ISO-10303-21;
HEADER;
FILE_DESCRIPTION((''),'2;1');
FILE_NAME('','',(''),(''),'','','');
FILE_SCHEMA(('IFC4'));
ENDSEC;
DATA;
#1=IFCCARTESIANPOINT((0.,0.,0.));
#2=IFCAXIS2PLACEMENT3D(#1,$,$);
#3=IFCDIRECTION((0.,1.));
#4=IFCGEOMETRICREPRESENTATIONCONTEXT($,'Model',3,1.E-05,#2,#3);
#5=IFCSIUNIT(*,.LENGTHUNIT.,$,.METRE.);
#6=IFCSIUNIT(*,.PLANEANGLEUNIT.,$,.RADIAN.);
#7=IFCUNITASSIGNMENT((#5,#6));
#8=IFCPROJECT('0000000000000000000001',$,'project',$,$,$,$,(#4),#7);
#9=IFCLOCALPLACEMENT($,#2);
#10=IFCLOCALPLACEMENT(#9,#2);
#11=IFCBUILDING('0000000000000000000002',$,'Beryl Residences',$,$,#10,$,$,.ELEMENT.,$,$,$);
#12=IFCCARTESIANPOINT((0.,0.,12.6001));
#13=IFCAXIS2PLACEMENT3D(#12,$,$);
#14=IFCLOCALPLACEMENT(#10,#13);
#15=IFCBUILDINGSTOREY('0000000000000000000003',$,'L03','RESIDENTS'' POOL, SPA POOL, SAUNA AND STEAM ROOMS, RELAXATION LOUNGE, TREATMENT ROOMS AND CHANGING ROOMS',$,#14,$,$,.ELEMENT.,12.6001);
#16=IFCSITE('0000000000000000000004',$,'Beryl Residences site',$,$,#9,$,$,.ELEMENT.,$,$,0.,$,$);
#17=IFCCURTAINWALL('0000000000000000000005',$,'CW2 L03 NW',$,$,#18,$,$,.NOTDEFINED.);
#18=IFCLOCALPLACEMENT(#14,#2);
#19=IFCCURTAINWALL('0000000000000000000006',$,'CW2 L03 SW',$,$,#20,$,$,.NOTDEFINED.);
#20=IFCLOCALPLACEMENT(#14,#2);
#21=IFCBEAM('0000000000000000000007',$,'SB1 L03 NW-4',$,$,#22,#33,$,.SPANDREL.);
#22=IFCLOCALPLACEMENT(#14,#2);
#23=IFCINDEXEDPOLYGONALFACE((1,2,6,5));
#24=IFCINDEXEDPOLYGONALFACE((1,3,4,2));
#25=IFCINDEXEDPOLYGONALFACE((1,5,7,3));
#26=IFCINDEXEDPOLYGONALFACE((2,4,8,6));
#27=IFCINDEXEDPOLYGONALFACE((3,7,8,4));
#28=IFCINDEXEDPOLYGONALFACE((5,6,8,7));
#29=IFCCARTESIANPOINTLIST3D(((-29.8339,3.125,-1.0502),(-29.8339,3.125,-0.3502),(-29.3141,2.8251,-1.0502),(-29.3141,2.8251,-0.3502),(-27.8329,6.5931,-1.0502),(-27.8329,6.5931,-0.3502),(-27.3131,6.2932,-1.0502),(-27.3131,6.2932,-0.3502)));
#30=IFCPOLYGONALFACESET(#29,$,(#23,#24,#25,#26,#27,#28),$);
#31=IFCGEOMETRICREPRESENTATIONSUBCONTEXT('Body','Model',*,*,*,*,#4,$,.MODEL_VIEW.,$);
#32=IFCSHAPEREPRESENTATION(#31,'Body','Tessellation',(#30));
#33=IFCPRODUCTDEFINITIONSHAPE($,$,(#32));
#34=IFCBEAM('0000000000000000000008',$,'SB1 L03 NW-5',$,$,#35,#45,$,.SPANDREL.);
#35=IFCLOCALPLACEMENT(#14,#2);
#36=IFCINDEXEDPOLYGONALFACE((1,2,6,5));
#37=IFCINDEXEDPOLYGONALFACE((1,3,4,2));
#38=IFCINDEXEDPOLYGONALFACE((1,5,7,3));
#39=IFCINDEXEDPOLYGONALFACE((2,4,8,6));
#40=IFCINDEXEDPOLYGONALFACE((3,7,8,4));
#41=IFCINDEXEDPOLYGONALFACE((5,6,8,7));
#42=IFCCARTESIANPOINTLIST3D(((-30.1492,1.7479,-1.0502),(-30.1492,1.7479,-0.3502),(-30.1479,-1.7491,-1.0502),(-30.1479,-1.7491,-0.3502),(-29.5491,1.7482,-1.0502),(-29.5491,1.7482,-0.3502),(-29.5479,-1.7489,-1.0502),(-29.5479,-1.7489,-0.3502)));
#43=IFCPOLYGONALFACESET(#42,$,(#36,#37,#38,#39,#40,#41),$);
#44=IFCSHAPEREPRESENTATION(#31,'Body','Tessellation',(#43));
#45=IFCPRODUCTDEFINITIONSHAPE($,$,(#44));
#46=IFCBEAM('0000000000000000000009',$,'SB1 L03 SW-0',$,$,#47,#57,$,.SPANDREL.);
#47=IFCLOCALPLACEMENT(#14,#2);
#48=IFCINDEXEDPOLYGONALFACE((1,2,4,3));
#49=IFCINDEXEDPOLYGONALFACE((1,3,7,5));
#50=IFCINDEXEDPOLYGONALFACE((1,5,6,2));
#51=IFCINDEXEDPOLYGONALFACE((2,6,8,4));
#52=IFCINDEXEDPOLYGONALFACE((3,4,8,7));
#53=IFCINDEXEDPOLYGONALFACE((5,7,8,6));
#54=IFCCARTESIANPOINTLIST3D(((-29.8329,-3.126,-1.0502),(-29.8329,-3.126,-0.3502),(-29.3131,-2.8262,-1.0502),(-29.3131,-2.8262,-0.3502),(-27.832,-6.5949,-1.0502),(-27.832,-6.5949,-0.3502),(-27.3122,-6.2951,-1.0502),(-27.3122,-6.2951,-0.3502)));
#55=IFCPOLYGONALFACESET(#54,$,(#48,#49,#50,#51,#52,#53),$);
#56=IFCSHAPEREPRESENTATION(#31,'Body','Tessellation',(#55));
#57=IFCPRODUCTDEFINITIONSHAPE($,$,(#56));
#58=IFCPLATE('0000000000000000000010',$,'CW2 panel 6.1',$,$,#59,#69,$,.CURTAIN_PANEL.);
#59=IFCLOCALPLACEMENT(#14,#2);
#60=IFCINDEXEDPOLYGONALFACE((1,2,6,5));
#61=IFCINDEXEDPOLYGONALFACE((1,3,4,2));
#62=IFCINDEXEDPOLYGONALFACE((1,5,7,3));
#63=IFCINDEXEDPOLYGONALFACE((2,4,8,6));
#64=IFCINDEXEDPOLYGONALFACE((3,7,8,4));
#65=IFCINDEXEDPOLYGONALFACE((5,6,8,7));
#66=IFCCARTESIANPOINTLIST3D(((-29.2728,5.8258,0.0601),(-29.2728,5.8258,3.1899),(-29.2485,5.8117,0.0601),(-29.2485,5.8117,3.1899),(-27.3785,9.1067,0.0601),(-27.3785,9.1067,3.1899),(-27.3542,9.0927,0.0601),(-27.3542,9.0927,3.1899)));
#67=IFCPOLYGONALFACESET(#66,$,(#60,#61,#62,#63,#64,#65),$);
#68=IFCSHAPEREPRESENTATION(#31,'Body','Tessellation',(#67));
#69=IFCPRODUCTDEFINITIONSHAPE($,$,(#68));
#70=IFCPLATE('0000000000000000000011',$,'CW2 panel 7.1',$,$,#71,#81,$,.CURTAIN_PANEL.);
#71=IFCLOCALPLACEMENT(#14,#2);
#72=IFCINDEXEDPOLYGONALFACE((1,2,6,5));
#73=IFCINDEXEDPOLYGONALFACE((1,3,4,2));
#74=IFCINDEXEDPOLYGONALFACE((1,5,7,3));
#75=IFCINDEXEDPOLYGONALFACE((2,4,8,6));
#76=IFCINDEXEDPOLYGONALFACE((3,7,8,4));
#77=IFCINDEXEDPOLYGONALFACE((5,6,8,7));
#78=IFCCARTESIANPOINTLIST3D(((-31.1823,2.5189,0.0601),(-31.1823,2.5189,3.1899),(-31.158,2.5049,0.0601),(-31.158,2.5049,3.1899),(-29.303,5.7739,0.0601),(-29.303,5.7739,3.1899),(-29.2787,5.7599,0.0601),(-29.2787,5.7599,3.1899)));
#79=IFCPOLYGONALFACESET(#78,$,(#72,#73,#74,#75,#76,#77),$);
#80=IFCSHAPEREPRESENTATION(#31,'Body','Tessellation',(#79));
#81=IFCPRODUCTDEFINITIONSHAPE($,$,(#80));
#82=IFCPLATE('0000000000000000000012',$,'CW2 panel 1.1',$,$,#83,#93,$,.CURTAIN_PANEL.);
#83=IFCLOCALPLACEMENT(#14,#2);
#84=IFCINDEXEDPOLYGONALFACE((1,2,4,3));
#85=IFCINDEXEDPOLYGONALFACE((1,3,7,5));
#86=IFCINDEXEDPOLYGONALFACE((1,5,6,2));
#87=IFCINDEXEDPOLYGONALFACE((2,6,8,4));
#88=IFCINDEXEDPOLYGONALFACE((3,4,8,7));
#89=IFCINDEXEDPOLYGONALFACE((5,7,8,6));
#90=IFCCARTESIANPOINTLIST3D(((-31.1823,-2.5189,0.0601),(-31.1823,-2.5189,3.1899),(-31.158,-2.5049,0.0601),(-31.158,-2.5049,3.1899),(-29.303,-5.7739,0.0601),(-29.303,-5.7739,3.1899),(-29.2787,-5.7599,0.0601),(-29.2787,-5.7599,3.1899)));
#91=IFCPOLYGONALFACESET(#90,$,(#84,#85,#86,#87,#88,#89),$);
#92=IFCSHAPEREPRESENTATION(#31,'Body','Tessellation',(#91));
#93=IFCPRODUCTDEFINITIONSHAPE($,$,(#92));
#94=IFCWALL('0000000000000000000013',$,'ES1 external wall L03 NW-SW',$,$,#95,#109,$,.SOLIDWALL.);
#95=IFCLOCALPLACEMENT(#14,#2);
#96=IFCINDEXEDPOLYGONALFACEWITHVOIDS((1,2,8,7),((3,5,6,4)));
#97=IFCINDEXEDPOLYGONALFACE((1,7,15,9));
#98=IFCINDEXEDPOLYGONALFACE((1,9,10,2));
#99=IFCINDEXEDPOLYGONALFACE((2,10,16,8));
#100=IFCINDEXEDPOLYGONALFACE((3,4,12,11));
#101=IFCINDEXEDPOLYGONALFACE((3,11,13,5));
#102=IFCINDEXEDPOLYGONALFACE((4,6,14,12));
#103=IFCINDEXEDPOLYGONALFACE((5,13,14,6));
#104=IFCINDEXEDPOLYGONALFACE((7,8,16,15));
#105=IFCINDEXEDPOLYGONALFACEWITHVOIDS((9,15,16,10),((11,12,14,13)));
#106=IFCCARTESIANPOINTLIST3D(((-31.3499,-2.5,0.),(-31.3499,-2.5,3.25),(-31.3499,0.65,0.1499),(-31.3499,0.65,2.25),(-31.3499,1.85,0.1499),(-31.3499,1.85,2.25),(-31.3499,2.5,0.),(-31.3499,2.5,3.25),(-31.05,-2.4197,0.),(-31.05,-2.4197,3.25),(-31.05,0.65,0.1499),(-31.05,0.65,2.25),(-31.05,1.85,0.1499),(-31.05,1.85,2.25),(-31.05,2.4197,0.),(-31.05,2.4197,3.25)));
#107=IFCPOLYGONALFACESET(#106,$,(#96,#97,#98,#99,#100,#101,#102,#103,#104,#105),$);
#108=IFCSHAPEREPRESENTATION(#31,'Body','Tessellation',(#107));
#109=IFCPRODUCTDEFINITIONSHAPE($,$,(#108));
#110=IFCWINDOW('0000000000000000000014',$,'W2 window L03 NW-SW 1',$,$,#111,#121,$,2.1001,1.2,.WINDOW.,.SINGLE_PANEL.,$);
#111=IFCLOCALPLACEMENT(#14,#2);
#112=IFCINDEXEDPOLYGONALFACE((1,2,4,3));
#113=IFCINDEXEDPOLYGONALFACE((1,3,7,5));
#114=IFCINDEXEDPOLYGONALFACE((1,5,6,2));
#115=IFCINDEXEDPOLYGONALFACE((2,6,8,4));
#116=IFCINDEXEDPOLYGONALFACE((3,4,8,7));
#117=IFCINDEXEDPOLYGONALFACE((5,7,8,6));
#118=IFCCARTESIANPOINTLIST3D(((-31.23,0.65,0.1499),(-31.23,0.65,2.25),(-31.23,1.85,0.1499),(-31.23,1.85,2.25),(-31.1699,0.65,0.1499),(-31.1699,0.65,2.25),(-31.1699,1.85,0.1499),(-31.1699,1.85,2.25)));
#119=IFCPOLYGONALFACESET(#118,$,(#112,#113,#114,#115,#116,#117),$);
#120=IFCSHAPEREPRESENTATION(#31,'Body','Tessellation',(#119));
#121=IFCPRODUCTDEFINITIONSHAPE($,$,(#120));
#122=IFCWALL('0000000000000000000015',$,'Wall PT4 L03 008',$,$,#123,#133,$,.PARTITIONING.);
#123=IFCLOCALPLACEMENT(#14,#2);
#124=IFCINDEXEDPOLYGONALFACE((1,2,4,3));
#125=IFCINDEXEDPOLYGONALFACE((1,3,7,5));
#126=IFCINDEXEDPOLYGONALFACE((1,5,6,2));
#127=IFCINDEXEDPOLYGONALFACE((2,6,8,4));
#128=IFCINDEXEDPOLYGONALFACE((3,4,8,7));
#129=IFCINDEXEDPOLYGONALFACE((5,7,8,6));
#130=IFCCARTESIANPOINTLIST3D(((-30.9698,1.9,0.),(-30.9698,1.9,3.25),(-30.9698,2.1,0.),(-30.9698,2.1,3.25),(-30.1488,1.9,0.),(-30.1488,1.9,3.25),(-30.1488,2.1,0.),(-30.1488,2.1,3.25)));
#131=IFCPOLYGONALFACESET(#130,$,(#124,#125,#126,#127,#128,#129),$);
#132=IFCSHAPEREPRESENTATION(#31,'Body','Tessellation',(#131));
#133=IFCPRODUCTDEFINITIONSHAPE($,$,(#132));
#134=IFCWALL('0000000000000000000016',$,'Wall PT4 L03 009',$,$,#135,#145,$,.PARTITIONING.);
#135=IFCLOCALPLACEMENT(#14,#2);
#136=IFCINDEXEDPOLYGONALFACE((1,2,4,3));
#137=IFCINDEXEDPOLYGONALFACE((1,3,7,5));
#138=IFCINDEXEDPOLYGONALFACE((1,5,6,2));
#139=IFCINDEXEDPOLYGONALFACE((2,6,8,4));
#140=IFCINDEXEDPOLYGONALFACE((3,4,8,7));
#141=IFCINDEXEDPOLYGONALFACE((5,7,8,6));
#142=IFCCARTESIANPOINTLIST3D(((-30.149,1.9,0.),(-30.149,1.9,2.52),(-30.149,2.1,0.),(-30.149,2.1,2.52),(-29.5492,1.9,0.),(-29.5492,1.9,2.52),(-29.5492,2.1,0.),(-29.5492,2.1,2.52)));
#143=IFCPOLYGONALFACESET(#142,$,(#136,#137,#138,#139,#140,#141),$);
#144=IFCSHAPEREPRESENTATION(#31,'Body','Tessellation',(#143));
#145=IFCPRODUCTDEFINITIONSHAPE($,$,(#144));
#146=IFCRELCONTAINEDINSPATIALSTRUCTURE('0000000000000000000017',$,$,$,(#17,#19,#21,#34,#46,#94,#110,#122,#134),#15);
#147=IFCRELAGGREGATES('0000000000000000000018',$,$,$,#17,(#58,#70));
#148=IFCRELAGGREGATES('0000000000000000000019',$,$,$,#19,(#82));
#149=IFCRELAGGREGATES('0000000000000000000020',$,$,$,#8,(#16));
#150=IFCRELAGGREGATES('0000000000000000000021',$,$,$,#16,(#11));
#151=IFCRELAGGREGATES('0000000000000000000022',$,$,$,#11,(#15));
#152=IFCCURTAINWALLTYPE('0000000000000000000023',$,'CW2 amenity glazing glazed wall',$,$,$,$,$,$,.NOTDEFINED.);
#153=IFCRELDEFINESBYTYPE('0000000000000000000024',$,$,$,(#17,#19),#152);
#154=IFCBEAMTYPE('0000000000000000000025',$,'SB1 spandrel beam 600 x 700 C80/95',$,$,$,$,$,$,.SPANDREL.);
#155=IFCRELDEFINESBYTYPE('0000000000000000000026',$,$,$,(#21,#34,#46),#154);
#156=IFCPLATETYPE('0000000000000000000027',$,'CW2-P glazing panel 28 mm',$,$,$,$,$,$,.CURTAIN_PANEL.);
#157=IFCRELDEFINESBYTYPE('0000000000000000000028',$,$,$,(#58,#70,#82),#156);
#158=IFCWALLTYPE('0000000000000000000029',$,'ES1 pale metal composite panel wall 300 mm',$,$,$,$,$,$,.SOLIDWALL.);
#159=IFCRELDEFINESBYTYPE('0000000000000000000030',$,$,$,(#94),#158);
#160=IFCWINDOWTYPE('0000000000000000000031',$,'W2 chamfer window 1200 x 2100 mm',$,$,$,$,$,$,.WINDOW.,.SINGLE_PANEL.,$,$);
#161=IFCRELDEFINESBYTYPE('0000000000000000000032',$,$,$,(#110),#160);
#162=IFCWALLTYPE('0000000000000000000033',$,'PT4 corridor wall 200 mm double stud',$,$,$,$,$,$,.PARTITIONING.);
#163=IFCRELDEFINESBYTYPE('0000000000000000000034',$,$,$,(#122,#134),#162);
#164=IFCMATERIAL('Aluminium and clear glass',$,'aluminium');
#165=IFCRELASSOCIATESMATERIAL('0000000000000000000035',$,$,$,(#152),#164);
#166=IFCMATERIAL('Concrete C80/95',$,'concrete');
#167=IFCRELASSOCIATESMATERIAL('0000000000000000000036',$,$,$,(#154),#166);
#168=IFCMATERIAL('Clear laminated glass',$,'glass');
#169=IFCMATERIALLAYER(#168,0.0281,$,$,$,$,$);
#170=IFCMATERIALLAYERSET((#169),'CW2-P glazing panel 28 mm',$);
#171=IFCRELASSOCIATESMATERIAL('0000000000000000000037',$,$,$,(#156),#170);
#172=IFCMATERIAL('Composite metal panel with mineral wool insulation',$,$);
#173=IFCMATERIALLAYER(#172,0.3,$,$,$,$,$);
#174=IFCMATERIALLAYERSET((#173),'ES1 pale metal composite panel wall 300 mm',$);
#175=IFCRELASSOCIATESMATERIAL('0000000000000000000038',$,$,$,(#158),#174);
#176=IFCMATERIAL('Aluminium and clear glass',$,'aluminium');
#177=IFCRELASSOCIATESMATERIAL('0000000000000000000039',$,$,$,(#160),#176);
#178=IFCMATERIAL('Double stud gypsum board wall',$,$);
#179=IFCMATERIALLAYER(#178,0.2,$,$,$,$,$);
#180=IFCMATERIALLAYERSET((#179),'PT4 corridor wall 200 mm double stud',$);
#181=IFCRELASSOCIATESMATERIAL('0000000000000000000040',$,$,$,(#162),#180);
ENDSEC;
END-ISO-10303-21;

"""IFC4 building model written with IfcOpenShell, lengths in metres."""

from ifc_helpers import new_model, si_unit, direction, frame, frame_2d, origin, origin_2d, place, context, subcontext, project, spatial, polyline, rectangle, outline, extrude, material, layer, layer_set, material_profile, profile_set, type_object, element, fill, aggregate, save


model = new_model("IFC4")

# Units and contexts
model_context = context("Model", 3, precision=1e-05, world=origin(), true_north=direction((0.0, 1.0)))
body_context = subcontext(model_context, "Body", "Model", "MODEL_VIEW")
ifc_project = project(units=[si_unit("LENGTHUNIT", "METRE"), si_unit("PLANEANGLEUNIT", "RADIAN")], contexts=[model_context])

# Site, building, storey
site_placement = place(None, origin())
site = spatial("IfcSite", under=ifc_project, at=site_placement, Name="Beryl Residences site", CompositionType="ELEMENT", RefElevation=0.0)
building_placement = place(site_placement, origin())
building = spatial("IfcBuilding", under=site, at=building_placement, Name="Beryl Residences", CompositionType="ELEMENT")
storey_placement = place(building_placement, frame((0.0, 0.0, 12.6001)))
storey = spatial("IfcBuildingStorey", under=building, at=storey_placement, Name="L03", Description="RESIDENTS' POOL, SPA POOL, SAUNA AND STEAM ROOMS, RELAXATION LOUNGE, TREATMENT ROOMS AND CHANGING ROOMS", CompositionType="ELEMENT", Elevation=12.6001)

# Curtain walls
ifc_material_1 = material(Name="Aluminium and clear glass", Category="aluminium")
curtain_wall_type = type_object("IfcCurtainWallType", Name="CW2 amenity glazing glazed wall", PredefinedType="NOTDEFINED", material=ifc_material_1)
curtain_wall_1_placement = place(storey_placement, origin())
curtain_wall_1 = element("IfcCurtainWall", 1, at=curtain_wall_1_placement, inside=storey, type_object=curtain_wall_type, Name="CW2 L03 NW", PredefinedType="NOTDEFINED")
curtain_wall_2_placement = place(storey_placement, origin())
curtain_wall_2 = element("IfcCurtainWall", 2, at=curtain_wall_2_placement, inside=storey, type_object=curtain_wall_type, Name="CW2 L03 SW", PredefinedType="NOTDEFINED")

# Beams
ifc_material_2 = material(Name="Concrete C80/95", Category="concrete")
ifc_material_profile_1 = material_profile(ifc_material_2, rectangle(XDim=0.6001, YDim=0.7, at=origin_2d()))
ifc_profile_set_1 = profile_set([ifc_material_profile_1], Name="Concrete C80/95")
beam_type = type_object("IfcBeamType", Name="SB1 spandrel beam 600 x 700 C80/95", PredefinedType="SPANDREL", material=ifc_profile_set_1)
beam_1_placement = place(storey_placement, frame((-27.573, 6.4431, -0.7002), z_axis=(-0.499759, -0.866164, 0.0), x_axis=(0.866164, -0.499759, 0.0)))
element("IfcBeam", 3, at=beam_1_placement, inside=storey, type_object=beam_type, Name="SB1 L03 NW-4", PredefinedType="SPANDREL", context=body_context, shape_type="SweptSolid", body=[
    extrude(rectangle(XDim=0.6001, YDim=0.7, at=origin_2d()), origin(), (0.0, 0.0, 1.0), 4.0039),
])
beam_2_placement = place(storey_placement, frame((-29.8491, 1.748, -0.7002), z_axis=(0.000349, -1.0, 0.0), x_axis=(1.0, 0.000349, 0.0)))
element("IfcBeam", 4, at=beam_2_placement, inside=storey, type_object=beam_type, Name="SB1 L03 NW-5", PredefinedType="SPANDREL", context=body_context, shape_type="SweptSolid", body=[
    extrude(rectangle(XDim=0.6001, YDim=0.7, at=origin_2d()), origin(), (0.0, 0.0, 1.0), 3.4971),
])
beam_3_placement = place(storey_placement, frame((-29.573, -2.9761, -0.7002), z_axis=(0.499654, -0.866225, 0.0), x_axis=(0.866225, 0.499654, 0.0)))
element("IfcBeam", 5, at=beam_3_placement, inside=storey, type_object=beam_type, Name="SB1 L03 SW-0", PredefinedType="SPANDREL", context=body_context, shape_type="SweptSolid", body=[
    extrude(rectangle(XDim=0.6001, YDim=0.7, at=origin_2d()), origin(), (0.0, 0.0, 1.0), 4.0046),
])

# Plates
ifc_material_3 = material(Name="Clear laminated glass", Category="glass")
ifc_layer_1 = layer(ifc_material_3, 0.0281)
ifc_layer_set_1 = layer_set([ifc_layer_1], Name="CW2-P glazing panel 28 mm")
plate_type = type_object("IfcPlateType", Name="CW2-P glazing panel 28 mm", PredefinedType="CURTAIN_PANEL", material=ifc_layer_set_1)
plate_1_placement = place(storey_placement, frame((-28.3135, 7.4592, 0.0601), z_axis=(0.0, 0.0, 1.0), x_axis=(-0.500012, -0.866019, 0.0)))
plate_1 = element("IfcPlate", 6, at=plate_1_placement, type_object=plate_type, Name="CW2 panel 6.1", PredefinedType="CURTAIN_PANEL", context=body_context, shape_type="SweptSolid", body=[
    extrude(rectangle(XDim=3.7886, YDim=0.0281, at=origin_2d()), origin(), (0.0, 0.0, 1.0), 3.1299),
])
plate_2_placement = place(storey_placement, frame((-30.2305, 4.1394, 0.0601), z_axis=(0.0, 0.0, 1.0), x_axis=(-0.500012, -0.866019, 0.0)))
plate_2 = element("IfcPlate", 7, at=plate_2_placement, type_object=plate_type, Name="CW2 panel 7.1", PredefinedType="CURTAIN_PANEL", context=body_context, shape_type="SweptSolid", body=[
    extrude(rectangle(XDim=3.7585, YDim=0.0281, at=origin_2d()), origin(), (0.0, 0.0, 1.0), 3.1299),
])
aggregate(curtain_wall_1, [plate_1, plate_2])
plate_3_placement = place(storey_placement, frame((-30.2305, -4.1394, 0.0601), z_axis=(0.0, 0.0, 1.0), x_axis=(0.500012, -0.866019, 0.0)))
plate_3 = element("IfcPlate", 8, at=plate_3_placement, type_object=plate_type, Name="CW2 panel 1.1", PredefinedType="CURTAIN_PANEL", context=body_context, shape_type="SweptSolid", body=[
    extrude(rectangle(XDim=3.7585, YDim=0.0281, at=origin_2d()), origin(), (0.0, 0.0, 1.0), 3.1299),
])
aggregate(curtain_wall_2, [plate_3])

# Wall, opening, window
ifc_material_4 = material(Name="Composite metal panel with mineral wool insulation")
ifc_layer_2 = layer(ifc_material_4, 0.3)
ifc_layer_set_2 = layer_set([ifc_layer_2], Name="ES1 pale metal composite panel wall 300 mm")
wall_type_1 = type_object("IfcWallType", Name="ES1 pale metal composite panel wall 300 mm", PredefinedType="SOLIDWALL", material=ifc_layer_set_2)
wall_1_placement = place(storey_placement, frame((-31.2, 2.5, 0.0), z_axis=(0.0, 0.0, 1.0), x_axis=(0.0, -1.0, 0.0)))
wall_1 = element("IfcWall", 9, at=wall_1_placement, inside=storey, type_object=wall_type_1, Name="ES1 external wall L03 NW-SW", PredefinedType="SOLIDWALL", context=body_context, shape_type="SweptSolid", body=[
    extrude(outline(polyline([(0.0, -0.1499), (5.0, -0.1499), (4.9197, 0.1499), (0.0803, 0.1499), (0.0, -0.1499)])), origin(), (0.0, 0.0, 1.0), 3.25),
])
opening_1_placement = place(wall_1_placement, frame((0.6499, 0.0, 0.1499)))
opening_1 = element("IfcOpeningElement", 10, at=opening_1_placement, cuts=wall_1, PredefinedType="OPENING", context=body_context, shape_type="SweptSolid", body=[
    extrude(rectangle(XDim=1.2, YDim=2.1001, at=frame_2d((0.6001, 1.05))), frame((0.0, 0.1599, 0.0), z_axis=(0.0, -1.0, 0.0), x_axis=(1.0, 0.0, 0.0)), (0.0, 0.0, 1.0), 0.3201),
])
ifc_material_5 = material(Name="Aluminium and clear glass", Category="aluminium")
window_type = type_object("IfcWindowType", Name="W2 chamfer window 1200 x 2100 mm", PartitioningType="SINGLE_PANEL", PredefinedType="WINDOW", material=ifc_material_5)
window_placement = place(opening_1_placement, origin())
window = element("IfcWindow", 11, at=window_placement, inside=storey, type_object=window_type, Name="W2 window L03 NW-SW 1", OverallHeight=2.1001, OverallWidth=1.2, PartitioningType="SINGLE_PANEL", PredefinedType="WINDOW", context=body_context, shape_type="SweptSolid", body=[
    extrude(rectangle(XDim=1.2, YDim=2.1001, at=frame_2d((0.6001, 1.05))), frame((0.0, 0.03, 0.0), z_axis=(0.0, -1.0, 0.0), x_axis=(1.0, 0.0, 0.0)), (0.0, 0.0, 1.0), 0.0601),
])
fill(opening_1, window)

# Walls
ifc_material_6 = material(Name="Double stud gypsum board wall")
ifc_layer_3 = layer(ifc_material_6, 0.2)
ifc_layer_set_3 = layer_set([ifc_layer_3], Name="PT4 corridor wall 200 mm double stud")
wall_type_2 = type_object("IfcWallType", Name="PT4 corridor wall 200 mm double stud", PredefinedType="PARTITIONING", material=ifc_layer_set_3)
wall_2_placement = place(storey_placement, frame((-30.97, 2.0, 0.0), z_axis=(0.0, 0.0, 1.0), x_axis=(1.0, 0.0, 0.0)))
element("IfcWall", 12, at=wall_2_placement, inside=storey, type_object=wall_type_2, Name="Wall PT4 L03 008", PredefinedType="PARTITIONING", context=body_context, shape_type="SweptSolid", body=[
    extrude(rectangle(XDim=0.821, YDim=0.2, at=frame_2d((0.4106, 0.0))), origin(), (0.0, 0.0, 1.0), 3.25),
])
wall_3_placement = place(storey_placement, frame((-30.1489, 2.0, 0.0), z_axis=(0.0, 0.0, 1.0), x_axis=(1.0, 0.0, 0.0)))
element("IfcWall", 13, at=wall_3_placement, inside=storey, type_object=wall_type_2, Name="Wall PT4 L03 009", PredefinedType="PARTITIONING", context=body_context, shape_type="SweptSolid", body=[
    extrude(rectangle(XDim=0.5999, YDim=0.2, at=frame_2d((0.2998, 0.0))), origin(), (0.0, 0.0, 1.0), 2.52),
])

save(model, "model.ifc")
